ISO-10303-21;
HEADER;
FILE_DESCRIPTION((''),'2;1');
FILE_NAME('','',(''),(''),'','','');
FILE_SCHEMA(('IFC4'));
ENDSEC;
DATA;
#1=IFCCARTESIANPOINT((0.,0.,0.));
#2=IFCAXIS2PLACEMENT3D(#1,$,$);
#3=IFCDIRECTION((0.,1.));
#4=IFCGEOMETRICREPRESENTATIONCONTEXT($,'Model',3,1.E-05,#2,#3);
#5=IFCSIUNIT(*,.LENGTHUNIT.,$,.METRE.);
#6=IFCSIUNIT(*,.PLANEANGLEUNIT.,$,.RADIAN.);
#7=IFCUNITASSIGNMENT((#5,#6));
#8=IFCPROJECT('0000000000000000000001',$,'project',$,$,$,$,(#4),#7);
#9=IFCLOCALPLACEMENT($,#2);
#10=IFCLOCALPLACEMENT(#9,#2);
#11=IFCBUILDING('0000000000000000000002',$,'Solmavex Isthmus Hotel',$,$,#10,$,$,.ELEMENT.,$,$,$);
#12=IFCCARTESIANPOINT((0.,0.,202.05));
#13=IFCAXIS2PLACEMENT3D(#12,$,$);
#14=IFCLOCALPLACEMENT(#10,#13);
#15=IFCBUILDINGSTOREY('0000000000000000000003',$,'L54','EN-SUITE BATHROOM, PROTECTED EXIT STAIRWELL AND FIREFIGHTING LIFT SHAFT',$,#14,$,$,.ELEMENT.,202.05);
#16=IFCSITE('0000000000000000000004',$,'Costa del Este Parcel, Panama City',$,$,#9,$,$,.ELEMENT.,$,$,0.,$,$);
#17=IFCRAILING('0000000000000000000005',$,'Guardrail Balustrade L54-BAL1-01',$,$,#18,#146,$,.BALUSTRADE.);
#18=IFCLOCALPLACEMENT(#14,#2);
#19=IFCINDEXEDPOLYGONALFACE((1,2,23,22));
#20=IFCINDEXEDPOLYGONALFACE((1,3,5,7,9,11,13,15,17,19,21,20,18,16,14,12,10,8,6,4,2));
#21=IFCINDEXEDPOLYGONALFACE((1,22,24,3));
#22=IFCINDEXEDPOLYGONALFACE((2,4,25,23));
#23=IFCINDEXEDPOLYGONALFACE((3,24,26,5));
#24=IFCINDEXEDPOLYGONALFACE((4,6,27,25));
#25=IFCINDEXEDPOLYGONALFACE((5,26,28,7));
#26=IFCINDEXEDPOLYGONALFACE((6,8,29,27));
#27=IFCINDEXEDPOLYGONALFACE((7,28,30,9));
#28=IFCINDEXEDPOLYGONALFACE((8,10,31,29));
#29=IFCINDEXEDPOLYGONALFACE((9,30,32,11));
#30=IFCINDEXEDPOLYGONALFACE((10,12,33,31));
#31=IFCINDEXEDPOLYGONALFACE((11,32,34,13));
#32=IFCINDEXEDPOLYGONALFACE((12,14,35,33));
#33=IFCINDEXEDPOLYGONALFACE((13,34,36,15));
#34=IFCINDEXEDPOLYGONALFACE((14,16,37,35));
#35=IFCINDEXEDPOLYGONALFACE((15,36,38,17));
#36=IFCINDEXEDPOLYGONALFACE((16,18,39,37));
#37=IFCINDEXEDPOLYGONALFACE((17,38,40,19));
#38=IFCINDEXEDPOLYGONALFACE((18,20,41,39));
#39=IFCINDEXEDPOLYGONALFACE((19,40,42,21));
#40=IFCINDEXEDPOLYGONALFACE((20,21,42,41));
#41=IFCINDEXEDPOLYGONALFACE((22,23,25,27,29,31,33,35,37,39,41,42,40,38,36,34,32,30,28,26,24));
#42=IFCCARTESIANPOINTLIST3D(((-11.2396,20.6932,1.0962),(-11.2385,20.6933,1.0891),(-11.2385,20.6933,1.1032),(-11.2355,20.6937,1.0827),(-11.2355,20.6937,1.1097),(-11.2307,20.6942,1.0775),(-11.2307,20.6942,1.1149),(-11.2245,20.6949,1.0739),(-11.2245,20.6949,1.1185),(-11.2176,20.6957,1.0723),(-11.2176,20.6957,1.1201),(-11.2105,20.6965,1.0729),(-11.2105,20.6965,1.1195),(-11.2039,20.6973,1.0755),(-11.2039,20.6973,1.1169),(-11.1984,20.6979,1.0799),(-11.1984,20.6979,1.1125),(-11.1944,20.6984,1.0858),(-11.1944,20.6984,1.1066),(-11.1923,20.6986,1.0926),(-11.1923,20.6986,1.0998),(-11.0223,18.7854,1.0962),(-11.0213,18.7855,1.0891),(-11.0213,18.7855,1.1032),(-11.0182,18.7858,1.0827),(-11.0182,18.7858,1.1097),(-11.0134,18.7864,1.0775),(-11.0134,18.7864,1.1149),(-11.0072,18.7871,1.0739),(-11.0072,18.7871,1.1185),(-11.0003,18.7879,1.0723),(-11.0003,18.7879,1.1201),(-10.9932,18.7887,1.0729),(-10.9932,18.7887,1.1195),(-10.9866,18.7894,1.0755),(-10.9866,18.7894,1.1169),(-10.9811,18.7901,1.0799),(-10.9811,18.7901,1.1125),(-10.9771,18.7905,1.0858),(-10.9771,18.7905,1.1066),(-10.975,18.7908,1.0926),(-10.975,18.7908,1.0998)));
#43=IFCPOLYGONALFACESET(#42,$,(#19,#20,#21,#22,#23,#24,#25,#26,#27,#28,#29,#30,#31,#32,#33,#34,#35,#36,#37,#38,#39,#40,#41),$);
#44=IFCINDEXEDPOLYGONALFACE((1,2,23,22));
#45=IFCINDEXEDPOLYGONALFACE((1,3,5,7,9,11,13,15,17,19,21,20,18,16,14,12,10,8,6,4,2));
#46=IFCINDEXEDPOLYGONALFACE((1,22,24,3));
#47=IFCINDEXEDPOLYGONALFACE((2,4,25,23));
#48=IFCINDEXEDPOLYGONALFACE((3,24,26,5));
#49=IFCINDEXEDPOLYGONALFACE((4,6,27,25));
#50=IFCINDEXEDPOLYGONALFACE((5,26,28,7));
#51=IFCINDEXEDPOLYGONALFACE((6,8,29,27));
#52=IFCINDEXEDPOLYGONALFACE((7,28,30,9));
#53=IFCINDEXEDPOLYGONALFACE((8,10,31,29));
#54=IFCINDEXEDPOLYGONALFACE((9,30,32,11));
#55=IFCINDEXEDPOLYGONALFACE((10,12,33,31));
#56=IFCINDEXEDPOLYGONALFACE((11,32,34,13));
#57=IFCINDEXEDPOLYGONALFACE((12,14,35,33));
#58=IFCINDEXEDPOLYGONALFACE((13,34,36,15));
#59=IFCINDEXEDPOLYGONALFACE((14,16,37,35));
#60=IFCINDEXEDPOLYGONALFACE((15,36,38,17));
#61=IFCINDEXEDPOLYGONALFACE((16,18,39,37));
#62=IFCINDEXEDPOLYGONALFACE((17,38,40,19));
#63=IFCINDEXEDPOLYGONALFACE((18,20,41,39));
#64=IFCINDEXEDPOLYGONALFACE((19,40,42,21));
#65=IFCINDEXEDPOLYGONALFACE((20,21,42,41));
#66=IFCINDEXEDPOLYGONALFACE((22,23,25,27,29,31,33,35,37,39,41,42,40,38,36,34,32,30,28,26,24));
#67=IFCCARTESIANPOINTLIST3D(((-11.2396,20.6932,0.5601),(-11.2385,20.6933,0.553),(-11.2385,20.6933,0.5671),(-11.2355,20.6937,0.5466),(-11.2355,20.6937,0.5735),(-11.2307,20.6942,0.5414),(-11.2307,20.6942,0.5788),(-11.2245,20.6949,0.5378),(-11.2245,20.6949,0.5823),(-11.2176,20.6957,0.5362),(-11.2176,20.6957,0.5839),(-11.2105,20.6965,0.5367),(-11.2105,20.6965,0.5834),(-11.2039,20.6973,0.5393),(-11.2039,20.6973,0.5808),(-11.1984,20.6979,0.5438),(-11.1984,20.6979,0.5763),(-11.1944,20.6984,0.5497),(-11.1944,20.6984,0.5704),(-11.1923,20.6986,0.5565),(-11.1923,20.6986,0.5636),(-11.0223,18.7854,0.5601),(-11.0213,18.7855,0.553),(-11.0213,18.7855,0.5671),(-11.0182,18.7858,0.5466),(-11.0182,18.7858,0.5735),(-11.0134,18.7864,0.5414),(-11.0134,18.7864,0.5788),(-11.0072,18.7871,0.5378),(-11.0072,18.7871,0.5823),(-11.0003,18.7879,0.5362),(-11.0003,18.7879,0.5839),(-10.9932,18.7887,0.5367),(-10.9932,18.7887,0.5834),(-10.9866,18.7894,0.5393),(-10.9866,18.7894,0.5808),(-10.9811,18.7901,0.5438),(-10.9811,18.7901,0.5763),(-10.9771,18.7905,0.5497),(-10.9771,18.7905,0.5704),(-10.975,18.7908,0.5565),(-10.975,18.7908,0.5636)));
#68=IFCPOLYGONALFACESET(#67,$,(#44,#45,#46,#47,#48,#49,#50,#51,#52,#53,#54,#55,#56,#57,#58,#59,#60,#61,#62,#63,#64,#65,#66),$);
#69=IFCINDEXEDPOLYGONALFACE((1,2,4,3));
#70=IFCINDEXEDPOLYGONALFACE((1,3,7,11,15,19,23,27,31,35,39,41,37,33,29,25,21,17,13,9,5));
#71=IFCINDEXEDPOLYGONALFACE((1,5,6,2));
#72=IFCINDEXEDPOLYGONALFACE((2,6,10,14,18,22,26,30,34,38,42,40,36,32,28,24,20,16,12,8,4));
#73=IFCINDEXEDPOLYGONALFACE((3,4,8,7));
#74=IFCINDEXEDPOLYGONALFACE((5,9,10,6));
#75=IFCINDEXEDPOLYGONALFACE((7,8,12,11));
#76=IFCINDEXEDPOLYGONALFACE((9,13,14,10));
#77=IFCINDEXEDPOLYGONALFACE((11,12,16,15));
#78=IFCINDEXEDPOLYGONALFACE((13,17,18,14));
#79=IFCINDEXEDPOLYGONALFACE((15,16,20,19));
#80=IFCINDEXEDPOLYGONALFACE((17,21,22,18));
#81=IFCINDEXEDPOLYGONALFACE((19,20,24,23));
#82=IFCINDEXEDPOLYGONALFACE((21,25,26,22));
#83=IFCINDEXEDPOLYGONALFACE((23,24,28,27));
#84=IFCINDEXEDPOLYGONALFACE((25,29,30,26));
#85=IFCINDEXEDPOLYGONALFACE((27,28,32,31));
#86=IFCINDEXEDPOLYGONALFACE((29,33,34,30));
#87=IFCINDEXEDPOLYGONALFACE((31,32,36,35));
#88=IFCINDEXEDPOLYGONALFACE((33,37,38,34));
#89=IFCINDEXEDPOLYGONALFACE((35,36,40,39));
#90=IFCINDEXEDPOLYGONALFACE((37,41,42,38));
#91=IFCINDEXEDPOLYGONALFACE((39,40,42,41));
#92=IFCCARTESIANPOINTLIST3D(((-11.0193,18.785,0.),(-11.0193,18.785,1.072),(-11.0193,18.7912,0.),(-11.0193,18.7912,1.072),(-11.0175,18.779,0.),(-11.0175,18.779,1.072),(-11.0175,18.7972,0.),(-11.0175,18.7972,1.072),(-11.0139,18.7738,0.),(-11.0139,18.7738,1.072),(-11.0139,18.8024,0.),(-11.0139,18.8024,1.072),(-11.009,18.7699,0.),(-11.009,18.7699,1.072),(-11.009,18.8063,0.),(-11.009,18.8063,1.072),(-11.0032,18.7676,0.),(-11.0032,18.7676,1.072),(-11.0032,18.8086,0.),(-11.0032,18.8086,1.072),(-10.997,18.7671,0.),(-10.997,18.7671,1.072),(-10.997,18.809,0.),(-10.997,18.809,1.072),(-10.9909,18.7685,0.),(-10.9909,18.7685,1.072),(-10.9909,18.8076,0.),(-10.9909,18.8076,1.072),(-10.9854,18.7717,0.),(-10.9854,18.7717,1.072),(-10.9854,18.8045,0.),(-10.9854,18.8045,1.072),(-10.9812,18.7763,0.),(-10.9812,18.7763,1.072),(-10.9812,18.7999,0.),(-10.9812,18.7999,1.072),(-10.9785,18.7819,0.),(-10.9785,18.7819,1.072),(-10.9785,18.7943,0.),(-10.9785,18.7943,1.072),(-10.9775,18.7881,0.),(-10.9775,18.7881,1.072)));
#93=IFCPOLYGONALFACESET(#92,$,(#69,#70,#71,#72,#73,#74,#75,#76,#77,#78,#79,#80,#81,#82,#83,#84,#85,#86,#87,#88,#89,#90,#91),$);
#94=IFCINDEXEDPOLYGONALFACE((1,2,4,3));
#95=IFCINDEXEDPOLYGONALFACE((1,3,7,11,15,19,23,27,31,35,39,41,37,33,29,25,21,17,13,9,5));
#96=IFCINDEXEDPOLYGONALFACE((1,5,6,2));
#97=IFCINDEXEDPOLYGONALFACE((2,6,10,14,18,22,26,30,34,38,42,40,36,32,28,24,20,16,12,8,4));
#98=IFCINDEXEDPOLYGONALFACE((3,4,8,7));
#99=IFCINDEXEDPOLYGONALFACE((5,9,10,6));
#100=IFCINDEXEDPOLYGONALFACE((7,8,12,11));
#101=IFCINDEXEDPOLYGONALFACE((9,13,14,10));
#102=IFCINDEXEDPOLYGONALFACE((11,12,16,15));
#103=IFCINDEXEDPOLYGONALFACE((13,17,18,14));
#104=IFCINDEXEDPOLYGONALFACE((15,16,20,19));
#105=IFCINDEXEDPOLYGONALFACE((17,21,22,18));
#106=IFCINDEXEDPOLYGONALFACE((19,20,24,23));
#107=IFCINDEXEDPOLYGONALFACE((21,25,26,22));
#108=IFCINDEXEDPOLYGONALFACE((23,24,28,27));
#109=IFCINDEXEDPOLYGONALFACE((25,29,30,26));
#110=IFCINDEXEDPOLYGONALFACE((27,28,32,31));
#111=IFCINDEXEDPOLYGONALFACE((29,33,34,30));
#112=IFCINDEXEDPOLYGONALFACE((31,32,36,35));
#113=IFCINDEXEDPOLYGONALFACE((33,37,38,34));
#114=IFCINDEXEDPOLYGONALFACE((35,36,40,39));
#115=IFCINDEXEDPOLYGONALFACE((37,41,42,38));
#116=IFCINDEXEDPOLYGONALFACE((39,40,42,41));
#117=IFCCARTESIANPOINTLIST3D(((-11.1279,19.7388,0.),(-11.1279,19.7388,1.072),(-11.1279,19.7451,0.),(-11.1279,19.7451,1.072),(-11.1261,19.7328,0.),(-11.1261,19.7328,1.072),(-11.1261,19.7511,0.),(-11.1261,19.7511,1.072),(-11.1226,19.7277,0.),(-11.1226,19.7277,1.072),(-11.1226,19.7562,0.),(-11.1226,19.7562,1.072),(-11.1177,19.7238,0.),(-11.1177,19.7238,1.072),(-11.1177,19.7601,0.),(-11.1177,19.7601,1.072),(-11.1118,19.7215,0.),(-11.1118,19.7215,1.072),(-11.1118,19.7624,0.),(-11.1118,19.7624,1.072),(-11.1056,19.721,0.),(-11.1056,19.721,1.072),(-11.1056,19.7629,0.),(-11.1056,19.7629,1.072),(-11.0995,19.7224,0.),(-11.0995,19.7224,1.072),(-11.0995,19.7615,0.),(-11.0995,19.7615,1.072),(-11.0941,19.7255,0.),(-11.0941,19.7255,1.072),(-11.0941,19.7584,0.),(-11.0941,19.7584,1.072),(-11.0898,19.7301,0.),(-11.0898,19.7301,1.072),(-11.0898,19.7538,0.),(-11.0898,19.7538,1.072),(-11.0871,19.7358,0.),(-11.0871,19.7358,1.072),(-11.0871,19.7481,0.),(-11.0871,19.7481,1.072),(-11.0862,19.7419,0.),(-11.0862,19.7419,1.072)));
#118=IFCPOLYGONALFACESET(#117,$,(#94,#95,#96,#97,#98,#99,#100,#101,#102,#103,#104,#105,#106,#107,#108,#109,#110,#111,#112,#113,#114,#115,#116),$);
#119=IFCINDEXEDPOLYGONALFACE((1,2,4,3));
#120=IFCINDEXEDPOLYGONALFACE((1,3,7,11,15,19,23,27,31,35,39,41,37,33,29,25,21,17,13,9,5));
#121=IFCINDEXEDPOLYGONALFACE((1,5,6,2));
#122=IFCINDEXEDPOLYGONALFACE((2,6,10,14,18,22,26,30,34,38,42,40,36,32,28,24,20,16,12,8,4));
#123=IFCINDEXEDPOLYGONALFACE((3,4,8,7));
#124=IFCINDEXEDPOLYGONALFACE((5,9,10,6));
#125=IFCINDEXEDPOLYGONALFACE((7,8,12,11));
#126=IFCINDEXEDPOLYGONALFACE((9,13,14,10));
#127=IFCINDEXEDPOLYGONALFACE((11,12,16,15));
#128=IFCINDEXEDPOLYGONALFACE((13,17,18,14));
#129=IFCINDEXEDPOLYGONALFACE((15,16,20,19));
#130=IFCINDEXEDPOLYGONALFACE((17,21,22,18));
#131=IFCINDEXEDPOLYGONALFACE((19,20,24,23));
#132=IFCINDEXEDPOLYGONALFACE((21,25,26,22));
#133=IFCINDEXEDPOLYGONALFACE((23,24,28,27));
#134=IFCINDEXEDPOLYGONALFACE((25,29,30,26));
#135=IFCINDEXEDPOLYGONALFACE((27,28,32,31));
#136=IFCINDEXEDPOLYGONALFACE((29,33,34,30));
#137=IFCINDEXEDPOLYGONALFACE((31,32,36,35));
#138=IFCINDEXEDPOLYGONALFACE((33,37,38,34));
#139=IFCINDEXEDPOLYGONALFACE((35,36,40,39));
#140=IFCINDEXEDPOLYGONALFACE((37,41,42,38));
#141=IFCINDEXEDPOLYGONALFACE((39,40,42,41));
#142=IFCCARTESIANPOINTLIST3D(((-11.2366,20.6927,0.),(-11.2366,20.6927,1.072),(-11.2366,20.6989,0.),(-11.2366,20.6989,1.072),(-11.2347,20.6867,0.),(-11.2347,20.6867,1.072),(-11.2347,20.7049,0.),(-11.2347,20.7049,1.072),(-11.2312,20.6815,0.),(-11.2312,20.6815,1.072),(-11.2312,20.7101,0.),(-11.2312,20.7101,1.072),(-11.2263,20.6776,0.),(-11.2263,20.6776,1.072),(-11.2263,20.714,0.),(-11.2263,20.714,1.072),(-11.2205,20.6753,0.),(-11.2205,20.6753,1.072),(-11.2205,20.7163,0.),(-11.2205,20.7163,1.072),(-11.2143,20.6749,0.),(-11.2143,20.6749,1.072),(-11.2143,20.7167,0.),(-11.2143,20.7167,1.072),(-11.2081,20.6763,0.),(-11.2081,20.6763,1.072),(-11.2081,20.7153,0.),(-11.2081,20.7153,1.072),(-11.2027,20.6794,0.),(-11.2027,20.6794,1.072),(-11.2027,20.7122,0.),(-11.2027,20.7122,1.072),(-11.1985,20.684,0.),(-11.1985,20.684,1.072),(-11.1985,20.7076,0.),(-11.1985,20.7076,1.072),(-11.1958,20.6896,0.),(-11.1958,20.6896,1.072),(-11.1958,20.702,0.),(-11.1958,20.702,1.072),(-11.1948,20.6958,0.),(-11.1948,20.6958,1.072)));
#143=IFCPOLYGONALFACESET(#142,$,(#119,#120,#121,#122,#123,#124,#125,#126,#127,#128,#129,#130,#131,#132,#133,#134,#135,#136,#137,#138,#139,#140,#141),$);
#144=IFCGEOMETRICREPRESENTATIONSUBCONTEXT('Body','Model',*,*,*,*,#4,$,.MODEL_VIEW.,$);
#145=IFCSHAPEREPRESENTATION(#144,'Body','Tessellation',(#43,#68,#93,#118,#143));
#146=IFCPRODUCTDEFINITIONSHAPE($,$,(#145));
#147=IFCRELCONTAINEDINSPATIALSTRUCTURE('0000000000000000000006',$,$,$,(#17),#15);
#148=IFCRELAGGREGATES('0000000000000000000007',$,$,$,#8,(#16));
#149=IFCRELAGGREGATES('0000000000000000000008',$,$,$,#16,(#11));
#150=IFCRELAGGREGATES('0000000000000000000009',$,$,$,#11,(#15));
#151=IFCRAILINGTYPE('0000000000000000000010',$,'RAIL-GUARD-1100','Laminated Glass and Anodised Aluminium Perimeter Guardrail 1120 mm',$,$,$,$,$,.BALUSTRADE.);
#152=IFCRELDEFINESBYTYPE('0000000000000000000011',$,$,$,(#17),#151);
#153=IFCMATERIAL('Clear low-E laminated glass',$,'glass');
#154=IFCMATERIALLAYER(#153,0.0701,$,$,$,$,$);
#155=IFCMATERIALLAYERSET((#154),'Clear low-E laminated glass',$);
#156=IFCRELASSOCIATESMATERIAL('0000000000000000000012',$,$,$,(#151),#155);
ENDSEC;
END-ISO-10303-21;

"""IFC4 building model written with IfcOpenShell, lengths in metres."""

from ifc_helpers import new_model, si_unit, direction, frame, origin, origin_2d, place, context, subcontext, project, spatial, circle, extrude, material, layer, layer_set, type_object, element, save


model = new_model("IFC4")

# Units and contexts
model_context = context("Model", 3, precision=1e-05, world=origin(), true_north=direction((0.0, 1.0)))
body_context = subcontext(model_context, "Body", "Model", "MODEL_VIEW")
ifc_project = project(units=[si_unit("LENGTHUNIT", "METRE"), si_unit("PLANEANGLEUNIT", "RADIAN")], contexts=[model_context])

# Site, building, storey
site_placement = place(None, origin())
site = spatial("IfcSite", under=ifc_project, at=site_placement, Name="Costa del Este Parcel, Panama City", CompositionType="ELEMENT", RefElevation=0.0)
building_placement = place(site_placement, origin())
building = spatial("IfcBuilding", under=site, at=building_placement, Name="Solmavex Isthmus Hotel", CompositionType="ELEMENT")
storey_placement = place(building_placement, frame((0.0, 0.0, 202.05)))
storey = spatial("IfcBuildingStorey", under=building, at=storey_placement, Name="L54", Description="EN-SUITE BATHROOM, PROTECTED EXIT STAIRWELL AND FIREFIGHTING LIFT SHAFT", CompositionType="ELEMENT", Elevation=202.05)

# Shared definitions
ifc_material_1 = material(Name="Clear low-E laminated glass", Category="glass")

# Railing
ifc_layer_1 = layer(ifc_material_1, 0.0701)
ifc_layer_set_1 = layer_set([ifc_layer_1], Name="Clear low-E laminated glass")
railing_type = type_object("IfcRailingType", Name="RAIL-GUARD-1100", Description="Laminated Glass and Anodised Aluminium Perimeter Guardrail 1120 mm", PredefinedType="BALUSTRADE", material=ifc_layer_set_1)
railing_1_placement = place(storey_placement, frame((-10.9985, 18.7881, 0.0)))
element("IfcRailing", 1, at=railing_1_placement, inside=storey, type_object=railing_type, Name="Guardrail Balustrade L54-BAL1-01", PredefinedType="BALUSTRADE", context=body_context, shape_type="SweptSolid", body=[
    extrude(circle(Radius=0.0239, at=origin_2d()), frame((0.0, 0.0, 1.0962), z_axis=(-0.113166, 0.993576, 0.0), x_axis=(-0.993576, -0.113166, 0.0)), (0.0, 0.0, 1.0), 1.9202),
    extrude(circle(Radius=0.0239, at=origin_2d()), frame((0.0, 0.0, 0.5601), z_axis=(-0.113166, 0.993576, 0.0), x_axis=(-0.993576, -0.113166, 0.0)), (0.0, 0.0, 1.0), 1.9202),
    extrude(circle(Radius=0.021, at=origin_2d()), origin(), (0.0, 0.0, 1.0), 1.072),
    extrude(circle(Radius=0.021, at=origin_2d()), frame((-0.1086, 0.9539, 0.0)), (0.0, 0.0, 1.0), 1.072),
    extrude(circle(Radius=0.021, at=origin_2d()), frame((-0.2173, 1.9077, 0.0)), (0.0, 0.0, 1.0), 1.072),
])

save(model, "model.ifc")
